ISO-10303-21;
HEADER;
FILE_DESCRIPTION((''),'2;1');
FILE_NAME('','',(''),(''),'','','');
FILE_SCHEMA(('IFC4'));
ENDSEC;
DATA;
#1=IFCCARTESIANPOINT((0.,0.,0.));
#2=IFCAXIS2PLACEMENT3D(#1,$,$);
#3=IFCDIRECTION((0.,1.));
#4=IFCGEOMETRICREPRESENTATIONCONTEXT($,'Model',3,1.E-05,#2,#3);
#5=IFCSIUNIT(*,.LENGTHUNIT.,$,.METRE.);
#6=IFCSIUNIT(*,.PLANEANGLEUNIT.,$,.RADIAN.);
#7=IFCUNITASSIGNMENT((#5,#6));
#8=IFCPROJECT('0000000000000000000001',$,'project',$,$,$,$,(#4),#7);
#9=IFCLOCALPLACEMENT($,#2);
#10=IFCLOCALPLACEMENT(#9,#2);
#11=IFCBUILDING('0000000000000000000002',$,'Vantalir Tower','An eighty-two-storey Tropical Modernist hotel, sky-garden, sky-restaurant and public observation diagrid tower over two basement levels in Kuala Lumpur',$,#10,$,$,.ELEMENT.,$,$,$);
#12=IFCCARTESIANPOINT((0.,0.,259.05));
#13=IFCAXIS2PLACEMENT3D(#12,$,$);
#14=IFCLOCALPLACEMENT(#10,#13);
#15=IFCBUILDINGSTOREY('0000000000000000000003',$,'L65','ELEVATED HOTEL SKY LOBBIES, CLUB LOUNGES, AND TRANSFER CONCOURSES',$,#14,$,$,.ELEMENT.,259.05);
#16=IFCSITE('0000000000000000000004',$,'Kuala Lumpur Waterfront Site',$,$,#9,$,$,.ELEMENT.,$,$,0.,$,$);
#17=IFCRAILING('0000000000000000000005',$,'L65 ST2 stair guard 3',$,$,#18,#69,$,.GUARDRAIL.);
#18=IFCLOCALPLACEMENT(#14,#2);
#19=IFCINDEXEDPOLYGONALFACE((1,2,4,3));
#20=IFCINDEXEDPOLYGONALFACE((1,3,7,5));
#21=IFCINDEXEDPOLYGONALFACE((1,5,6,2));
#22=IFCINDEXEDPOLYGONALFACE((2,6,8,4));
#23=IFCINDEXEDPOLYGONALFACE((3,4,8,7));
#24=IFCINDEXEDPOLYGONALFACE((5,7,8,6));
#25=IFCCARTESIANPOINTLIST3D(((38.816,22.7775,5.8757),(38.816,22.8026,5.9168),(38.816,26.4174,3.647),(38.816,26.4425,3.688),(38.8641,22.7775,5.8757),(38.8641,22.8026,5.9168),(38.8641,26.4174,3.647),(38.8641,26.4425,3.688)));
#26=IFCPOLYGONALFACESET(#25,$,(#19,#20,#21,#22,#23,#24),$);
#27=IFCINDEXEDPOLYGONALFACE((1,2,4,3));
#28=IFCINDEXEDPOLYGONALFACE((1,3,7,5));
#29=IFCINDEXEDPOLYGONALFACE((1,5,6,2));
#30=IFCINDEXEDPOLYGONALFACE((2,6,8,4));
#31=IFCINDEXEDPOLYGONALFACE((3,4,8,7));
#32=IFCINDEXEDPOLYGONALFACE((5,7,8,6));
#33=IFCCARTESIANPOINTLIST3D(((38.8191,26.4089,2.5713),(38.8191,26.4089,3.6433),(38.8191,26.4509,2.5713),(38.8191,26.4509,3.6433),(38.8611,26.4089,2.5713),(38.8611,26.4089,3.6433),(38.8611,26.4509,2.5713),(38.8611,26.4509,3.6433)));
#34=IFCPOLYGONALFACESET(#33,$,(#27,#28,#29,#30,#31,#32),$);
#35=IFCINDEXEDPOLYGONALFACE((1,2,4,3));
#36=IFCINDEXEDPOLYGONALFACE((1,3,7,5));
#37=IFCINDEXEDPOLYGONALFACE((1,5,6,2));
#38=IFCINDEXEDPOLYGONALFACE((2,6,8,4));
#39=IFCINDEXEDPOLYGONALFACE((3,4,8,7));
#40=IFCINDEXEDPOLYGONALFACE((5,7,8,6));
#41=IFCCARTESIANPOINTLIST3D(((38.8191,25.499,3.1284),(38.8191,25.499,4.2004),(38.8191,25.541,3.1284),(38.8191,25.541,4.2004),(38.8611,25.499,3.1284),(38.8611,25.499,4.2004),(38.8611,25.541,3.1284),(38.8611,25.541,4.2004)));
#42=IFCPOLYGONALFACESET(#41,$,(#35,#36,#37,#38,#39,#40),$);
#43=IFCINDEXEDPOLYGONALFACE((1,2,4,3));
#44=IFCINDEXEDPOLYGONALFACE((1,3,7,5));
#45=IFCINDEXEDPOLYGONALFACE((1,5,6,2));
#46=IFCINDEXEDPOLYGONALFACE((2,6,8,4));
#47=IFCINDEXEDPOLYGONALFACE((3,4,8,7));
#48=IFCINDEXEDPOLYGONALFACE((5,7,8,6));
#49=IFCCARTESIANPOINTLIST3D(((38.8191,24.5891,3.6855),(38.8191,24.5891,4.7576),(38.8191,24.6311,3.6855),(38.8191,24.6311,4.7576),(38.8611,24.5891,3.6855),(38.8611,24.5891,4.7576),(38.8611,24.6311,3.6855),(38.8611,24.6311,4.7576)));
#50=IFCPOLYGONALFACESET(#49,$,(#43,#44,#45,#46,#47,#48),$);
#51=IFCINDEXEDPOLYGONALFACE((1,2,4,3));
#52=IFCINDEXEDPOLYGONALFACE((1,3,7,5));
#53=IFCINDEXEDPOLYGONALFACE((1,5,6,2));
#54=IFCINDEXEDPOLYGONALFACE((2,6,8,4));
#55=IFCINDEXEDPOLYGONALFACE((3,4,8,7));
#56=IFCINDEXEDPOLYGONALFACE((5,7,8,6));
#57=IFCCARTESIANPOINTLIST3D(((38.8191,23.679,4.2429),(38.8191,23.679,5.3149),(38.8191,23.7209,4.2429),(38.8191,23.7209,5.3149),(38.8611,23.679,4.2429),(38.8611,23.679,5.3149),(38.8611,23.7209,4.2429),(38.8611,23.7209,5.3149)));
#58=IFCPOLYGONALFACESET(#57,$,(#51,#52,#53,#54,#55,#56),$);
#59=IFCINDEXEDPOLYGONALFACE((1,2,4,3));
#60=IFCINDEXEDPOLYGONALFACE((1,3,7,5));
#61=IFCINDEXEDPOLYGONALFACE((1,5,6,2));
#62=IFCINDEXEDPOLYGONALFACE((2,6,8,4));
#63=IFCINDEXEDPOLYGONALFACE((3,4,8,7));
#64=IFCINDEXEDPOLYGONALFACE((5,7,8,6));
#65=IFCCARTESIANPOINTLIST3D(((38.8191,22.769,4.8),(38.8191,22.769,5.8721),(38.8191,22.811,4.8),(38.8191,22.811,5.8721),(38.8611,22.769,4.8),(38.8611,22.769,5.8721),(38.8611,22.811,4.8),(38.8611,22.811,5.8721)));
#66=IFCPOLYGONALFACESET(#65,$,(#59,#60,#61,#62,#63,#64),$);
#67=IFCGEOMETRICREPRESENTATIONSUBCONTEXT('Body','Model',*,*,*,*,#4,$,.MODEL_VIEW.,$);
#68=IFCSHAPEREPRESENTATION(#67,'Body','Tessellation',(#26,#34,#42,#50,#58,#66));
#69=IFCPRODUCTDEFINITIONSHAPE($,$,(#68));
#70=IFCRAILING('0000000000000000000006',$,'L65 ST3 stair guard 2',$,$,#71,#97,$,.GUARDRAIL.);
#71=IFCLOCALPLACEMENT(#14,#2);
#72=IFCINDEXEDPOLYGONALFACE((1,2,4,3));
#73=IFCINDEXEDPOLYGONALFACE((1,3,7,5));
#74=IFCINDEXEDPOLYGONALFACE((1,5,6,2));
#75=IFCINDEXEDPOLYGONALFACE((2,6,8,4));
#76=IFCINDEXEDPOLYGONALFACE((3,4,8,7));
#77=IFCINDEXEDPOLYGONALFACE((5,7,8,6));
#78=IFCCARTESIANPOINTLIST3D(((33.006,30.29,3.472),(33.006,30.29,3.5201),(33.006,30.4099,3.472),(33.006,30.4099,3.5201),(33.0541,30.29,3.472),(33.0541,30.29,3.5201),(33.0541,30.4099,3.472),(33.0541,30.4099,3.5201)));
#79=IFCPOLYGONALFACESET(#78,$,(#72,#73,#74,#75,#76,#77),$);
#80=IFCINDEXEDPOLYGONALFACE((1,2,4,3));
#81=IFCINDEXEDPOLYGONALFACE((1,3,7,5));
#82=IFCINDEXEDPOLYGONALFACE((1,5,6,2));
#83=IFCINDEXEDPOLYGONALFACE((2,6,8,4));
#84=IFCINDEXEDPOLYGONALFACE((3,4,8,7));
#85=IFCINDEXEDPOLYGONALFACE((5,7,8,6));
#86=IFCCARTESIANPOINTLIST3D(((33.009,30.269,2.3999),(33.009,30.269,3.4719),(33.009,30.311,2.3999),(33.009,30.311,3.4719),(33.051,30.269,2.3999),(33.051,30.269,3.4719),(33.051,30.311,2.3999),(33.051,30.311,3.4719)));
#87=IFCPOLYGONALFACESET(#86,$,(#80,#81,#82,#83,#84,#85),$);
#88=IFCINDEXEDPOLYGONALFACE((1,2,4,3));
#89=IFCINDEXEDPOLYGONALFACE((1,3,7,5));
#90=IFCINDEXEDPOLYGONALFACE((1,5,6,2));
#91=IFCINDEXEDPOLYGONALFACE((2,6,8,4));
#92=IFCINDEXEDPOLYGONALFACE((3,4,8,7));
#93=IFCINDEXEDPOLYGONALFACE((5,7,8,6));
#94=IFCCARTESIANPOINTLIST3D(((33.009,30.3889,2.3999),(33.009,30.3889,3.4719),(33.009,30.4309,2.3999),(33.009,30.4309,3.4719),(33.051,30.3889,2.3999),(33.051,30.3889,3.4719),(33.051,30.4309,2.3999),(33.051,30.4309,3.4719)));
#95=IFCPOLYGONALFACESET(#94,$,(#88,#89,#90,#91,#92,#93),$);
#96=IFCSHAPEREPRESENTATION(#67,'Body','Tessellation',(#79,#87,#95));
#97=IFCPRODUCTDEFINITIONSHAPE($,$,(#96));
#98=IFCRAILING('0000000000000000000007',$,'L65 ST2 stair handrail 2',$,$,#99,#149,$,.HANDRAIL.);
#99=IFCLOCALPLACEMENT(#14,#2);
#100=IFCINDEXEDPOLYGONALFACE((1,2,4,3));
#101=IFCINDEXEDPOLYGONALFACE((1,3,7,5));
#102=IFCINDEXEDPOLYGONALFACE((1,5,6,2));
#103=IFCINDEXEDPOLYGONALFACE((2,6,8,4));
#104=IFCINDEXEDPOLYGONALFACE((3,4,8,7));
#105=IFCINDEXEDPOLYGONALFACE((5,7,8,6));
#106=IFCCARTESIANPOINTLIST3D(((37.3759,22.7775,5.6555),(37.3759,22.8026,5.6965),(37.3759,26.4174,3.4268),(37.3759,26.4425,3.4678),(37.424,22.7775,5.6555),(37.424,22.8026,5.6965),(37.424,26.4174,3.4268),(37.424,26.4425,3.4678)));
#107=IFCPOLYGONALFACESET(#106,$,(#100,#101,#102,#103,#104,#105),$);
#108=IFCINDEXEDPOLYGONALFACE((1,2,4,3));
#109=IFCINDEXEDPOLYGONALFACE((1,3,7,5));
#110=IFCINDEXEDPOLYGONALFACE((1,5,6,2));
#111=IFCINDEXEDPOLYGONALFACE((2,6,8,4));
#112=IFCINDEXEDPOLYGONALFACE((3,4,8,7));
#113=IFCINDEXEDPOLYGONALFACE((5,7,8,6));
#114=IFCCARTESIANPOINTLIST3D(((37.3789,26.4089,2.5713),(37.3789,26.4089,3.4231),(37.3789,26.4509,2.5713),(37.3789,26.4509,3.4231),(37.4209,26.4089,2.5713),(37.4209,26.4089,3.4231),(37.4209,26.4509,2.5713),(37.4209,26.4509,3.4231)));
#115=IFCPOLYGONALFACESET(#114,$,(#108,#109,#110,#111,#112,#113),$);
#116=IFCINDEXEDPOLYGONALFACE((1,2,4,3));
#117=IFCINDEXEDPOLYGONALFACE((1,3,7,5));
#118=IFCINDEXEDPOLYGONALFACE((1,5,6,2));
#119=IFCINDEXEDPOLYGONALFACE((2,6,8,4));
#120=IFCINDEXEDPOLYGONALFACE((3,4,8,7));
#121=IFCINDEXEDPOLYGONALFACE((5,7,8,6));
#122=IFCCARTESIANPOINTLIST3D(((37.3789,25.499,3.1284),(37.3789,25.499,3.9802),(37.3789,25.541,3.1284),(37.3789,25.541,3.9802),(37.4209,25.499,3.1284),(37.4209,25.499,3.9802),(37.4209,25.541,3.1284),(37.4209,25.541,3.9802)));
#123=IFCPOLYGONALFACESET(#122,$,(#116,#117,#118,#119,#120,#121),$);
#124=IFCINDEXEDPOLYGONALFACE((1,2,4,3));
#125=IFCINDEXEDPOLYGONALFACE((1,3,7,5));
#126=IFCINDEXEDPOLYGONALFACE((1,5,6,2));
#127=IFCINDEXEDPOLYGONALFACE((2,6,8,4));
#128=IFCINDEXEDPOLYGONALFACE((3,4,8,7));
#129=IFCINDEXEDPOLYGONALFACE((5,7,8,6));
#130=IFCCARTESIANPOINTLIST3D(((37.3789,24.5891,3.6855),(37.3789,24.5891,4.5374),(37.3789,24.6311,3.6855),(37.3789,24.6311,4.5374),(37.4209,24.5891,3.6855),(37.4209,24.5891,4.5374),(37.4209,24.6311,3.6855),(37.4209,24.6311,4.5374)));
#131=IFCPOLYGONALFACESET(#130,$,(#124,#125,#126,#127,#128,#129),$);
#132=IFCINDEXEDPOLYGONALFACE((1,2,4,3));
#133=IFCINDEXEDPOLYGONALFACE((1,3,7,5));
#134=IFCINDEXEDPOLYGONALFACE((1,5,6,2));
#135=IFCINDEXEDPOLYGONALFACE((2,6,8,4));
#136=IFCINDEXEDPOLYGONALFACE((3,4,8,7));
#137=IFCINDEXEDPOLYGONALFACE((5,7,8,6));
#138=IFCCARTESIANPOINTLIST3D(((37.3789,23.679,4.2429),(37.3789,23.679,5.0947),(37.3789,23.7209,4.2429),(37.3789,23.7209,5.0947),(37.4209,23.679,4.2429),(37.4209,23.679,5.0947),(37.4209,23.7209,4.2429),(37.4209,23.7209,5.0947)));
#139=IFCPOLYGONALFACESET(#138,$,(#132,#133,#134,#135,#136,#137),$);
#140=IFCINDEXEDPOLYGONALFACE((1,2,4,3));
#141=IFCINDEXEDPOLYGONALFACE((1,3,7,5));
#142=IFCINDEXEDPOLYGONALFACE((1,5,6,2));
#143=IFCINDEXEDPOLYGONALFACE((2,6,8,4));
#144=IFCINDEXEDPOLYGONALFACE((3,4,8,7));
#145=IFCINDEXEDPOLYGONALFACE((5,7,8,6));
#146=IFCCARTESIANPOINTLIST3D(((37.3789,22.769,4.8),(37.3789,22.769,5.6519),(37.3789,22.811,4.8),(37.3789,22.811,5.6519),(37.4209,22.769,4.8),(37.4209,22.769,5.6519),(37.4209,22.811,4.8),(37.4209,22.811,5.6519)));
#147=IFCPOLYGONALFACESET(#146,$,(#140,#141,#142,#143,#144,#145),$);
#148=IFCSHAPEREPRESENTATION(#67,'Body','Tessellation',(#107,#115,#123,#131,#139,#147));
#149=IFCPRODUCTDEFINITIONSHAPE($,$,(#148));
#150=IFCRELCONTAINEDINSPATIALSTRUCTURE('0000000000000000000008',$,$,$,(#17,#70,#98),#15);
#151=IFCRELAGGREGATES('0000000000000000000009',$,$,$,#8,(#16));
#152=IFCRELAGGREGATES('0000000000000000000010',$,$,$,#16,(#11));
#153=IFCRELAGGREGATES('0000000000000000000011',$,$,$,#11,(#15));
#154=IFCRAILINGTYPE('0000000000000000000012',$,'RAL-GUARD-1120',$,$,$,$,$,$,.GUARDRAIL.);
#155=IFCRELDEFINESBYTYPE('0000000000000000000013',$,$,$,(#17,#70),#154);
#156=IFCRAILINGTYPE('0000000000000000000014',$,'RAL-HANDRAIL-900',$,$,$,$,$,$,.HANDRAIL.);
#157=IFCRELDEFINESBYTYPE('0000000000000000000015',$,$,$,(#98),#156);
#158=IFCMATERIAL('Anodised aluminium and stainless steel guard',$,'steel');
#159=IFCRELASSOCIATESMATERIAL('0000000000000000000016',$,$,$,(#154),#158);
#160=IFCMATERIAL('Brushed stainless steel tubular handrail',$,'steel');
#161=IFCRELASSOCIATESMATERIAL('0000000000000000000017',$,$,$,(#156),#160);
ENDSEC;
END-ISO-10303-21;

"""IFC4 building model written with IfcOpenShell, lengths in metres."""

from ifc_helpers import new_model, si_unit, direction, frame, origin, origin_2d, place, context, subcontext, project, spatial, rectangle, extrude, material, type_object, element, save


model = new_model("IFC4")

# Units and contexts
model_context = context("Model", 3, precision=1e-05, world=origin(), true_north=direction((0.0, 1.0)))
body_context = subcontext(model_context, "Body", "Model", "MODEL_VIEW")
ifc_project = project(units=[si_unit("LENGTHUNIT", "METRE"), si_unit("PLANEANGLEUNIT", "RADIAN")], contexts=[model_context])

# Site, building, storey
site_placement = place(None, origin())
site = spatial("IfcSite", under=ifc_project, at=site_placement, Name="Kuala Lumpur Waterfront Site", CompositionType="ELEMENT", RefElevation=0.0)
building_placement = place(site_placement, origin())
building = spatial("IfcBuilding", under=site, at=building_placement, Name="Vantalir Tower", Description="An eighty-two-storey Tropical Modernist hotel, sky-garden, sky-restaurant and public observation diagrid tower over two basement levels in Kuala Lumpur", CompositionType="ELEMENT")
storey_placement = place(building_placement, frame((0.0, 0.0, 259.05)))
storey = spatial("IfcBuildingStorey", under=building, at=storey_placement, Name="L65", Description="ELEVATED HOTEL SKY LOBBIES, CLUB LOUNGES, AND TRANSFER CONCOURSES", CompositionType="ELEMENT", Elevation=259.05)

# Railings
ifc_material_1 = material(Name="Anodised aluminium and stainless steel guard", Category="steel")
railing_type_1 = type_object("IfcRailingType", Name="RAL-GUARD-1120", PredefinedType="GUARDRAIL", material=ifc_material_1)
railing_1_placement = place(storey_placement, frame((38.8401, 26.4299, 2.5713)))
element("IfcRailing", 1, at=railing_1_placement, inside=storey, type_object=railing_type_1, Name="L65 ST2 stair guard 3", PredefinedType="GUARDRAIL", context=body_context, shape_type="SweptSolid", body=[
    extrude(rectangle(XDim=0.0481, YDim=0.0481, at=origin_2d()), frame((0.0, 0.0, 1.0962), z_axis=(0.0, -0.852825, 0.522197), x_axis=(1.0, 0.0, 0.0)), (0.0, 0.0, 1.0), 4.2681),
    extrude(rectangle(XDim=0.042, YDim=0.042, at=origin_2d()), origin(), (0.0, 0.0, 1.0), 1.072),
    extrude(rectangle(XDim=0.042, YDim=0.042, at=origin_2d()), frame((0.0, -0.9099, 0.5571)), (0.0, 0.0, 1.0), 1.072),
    extrude(rectangle(XDim=0.042, YDim=0.042, at=origin_2d()), frame((0.0, -1.8198, 1.1143)), (0.0, 0.0, 1.0), 1.072),
    extrude(rectangle(XDim=0.042, YDim=0.042, at=origin_2d()), frame((0.0, -2.73, 1.6716)), (0.0, 0.0, 1.0), 1.072),
    extrude(rectangle(XDim=0.042, YDim=0.042, at=origin_2d()), frame((0.0, -3.6399, 2.2288)), (0.0, 0.0, 1.0), 1.072),
])
railing_2_placement = place(storey_placement, frame((33.03, 30.29, 2.3999)))
element("IfcRailing", 2, at=railing_2_placement, inside=storey, type_object=railing_type_1, Name="L65 ST3 stair guard 2", PredefinedType="GUARDRAIL", context=body_context, shape_type="SweptSolid", body=[
    extrude(rectangle(XDim=0.0481, YDim=0.0481, at=origin_2d()), frame((0.0, 0.0, 1.0962), z_axis=(0.0, 1.0, 0.0), x_axis=(-1.0, 0.0, 0.0)), (0.0, 0.0, 1.0), 0.1199),
    extrude(rectangle(XDim=0.042, YDim=0.042, at=origin_2d()), origin(), (0.0, 0.0, 1.0), 1.072),
    extrude(rectangle(XDim=0.042, YDim=0.042, at=origin_2d()), frame((0.0, 0.1199, 0.0)), (0.0, 0.0, 1.0), 1.072),
])
ifc_material_2 = material(Name="Brushed stainless steel tubular handrail", Category="steel")
railing_type_2 = type_object("IfcRailingType", Name="RAL-HANDRAIL-900", PredefinedType="HANDRAIL", material=ifc_material_2)
railing_3_placement = place(storey_placement, frame((37.3999, 26.4299, 2.5713)))
element("IfcRailing", 3, at=railing_3_placement, inside=storey, type_object=railing_type_2, Name="L65 ST2 stair handrail 2", PredefinedType="HANDRAIL", context=body_context, shape_type="SweptSolid", body=[
    extrude(rectangle(XDim=0.0481, YDim=0.0481, at=origin_2d()), frame((0.0, 0.0, 0.876), z_axis=(0.0, -0.852825, 0.522197), x_axis=(1.0, 0.0, 0.0)), (0.0, 0.0, 1.0), 4.2681),
    extrude(rectangle(XDim=0.042, YDim=0.042, at=origin_2d()), origin(), (0.0, 0.0, 1.0), 0.8518),
    extrude(rectangle(XDim=0.042, YDim=0.042, at=origin_2d()), frame((0.0, -0.9099, 0.5571)), (0.0, 0.0, 1.0), 0.8518),
    extrude(rectangle(XDim=0.042, YDim=0.042, at=origin_2d()), frame((0.0, -1.8198, 1.1143)), (0.0, 0.0, 1.0), 0.8518),
    extrude(rectangle(XDim=0.042, YDim=0.042, at=origin_2d()), frame((0.0, -2.73, 1.6716)), (0.0, 0.0, 1.0), 0.8518),
    extrude(rectangle(XDim=0.042, YDim=0.042, at=origin_2d()), frame((0.0, -3.6399, 2.2288)), (0.0, 0.0, 1.0), 0.8518),
])

save(model, "model.ifc")
